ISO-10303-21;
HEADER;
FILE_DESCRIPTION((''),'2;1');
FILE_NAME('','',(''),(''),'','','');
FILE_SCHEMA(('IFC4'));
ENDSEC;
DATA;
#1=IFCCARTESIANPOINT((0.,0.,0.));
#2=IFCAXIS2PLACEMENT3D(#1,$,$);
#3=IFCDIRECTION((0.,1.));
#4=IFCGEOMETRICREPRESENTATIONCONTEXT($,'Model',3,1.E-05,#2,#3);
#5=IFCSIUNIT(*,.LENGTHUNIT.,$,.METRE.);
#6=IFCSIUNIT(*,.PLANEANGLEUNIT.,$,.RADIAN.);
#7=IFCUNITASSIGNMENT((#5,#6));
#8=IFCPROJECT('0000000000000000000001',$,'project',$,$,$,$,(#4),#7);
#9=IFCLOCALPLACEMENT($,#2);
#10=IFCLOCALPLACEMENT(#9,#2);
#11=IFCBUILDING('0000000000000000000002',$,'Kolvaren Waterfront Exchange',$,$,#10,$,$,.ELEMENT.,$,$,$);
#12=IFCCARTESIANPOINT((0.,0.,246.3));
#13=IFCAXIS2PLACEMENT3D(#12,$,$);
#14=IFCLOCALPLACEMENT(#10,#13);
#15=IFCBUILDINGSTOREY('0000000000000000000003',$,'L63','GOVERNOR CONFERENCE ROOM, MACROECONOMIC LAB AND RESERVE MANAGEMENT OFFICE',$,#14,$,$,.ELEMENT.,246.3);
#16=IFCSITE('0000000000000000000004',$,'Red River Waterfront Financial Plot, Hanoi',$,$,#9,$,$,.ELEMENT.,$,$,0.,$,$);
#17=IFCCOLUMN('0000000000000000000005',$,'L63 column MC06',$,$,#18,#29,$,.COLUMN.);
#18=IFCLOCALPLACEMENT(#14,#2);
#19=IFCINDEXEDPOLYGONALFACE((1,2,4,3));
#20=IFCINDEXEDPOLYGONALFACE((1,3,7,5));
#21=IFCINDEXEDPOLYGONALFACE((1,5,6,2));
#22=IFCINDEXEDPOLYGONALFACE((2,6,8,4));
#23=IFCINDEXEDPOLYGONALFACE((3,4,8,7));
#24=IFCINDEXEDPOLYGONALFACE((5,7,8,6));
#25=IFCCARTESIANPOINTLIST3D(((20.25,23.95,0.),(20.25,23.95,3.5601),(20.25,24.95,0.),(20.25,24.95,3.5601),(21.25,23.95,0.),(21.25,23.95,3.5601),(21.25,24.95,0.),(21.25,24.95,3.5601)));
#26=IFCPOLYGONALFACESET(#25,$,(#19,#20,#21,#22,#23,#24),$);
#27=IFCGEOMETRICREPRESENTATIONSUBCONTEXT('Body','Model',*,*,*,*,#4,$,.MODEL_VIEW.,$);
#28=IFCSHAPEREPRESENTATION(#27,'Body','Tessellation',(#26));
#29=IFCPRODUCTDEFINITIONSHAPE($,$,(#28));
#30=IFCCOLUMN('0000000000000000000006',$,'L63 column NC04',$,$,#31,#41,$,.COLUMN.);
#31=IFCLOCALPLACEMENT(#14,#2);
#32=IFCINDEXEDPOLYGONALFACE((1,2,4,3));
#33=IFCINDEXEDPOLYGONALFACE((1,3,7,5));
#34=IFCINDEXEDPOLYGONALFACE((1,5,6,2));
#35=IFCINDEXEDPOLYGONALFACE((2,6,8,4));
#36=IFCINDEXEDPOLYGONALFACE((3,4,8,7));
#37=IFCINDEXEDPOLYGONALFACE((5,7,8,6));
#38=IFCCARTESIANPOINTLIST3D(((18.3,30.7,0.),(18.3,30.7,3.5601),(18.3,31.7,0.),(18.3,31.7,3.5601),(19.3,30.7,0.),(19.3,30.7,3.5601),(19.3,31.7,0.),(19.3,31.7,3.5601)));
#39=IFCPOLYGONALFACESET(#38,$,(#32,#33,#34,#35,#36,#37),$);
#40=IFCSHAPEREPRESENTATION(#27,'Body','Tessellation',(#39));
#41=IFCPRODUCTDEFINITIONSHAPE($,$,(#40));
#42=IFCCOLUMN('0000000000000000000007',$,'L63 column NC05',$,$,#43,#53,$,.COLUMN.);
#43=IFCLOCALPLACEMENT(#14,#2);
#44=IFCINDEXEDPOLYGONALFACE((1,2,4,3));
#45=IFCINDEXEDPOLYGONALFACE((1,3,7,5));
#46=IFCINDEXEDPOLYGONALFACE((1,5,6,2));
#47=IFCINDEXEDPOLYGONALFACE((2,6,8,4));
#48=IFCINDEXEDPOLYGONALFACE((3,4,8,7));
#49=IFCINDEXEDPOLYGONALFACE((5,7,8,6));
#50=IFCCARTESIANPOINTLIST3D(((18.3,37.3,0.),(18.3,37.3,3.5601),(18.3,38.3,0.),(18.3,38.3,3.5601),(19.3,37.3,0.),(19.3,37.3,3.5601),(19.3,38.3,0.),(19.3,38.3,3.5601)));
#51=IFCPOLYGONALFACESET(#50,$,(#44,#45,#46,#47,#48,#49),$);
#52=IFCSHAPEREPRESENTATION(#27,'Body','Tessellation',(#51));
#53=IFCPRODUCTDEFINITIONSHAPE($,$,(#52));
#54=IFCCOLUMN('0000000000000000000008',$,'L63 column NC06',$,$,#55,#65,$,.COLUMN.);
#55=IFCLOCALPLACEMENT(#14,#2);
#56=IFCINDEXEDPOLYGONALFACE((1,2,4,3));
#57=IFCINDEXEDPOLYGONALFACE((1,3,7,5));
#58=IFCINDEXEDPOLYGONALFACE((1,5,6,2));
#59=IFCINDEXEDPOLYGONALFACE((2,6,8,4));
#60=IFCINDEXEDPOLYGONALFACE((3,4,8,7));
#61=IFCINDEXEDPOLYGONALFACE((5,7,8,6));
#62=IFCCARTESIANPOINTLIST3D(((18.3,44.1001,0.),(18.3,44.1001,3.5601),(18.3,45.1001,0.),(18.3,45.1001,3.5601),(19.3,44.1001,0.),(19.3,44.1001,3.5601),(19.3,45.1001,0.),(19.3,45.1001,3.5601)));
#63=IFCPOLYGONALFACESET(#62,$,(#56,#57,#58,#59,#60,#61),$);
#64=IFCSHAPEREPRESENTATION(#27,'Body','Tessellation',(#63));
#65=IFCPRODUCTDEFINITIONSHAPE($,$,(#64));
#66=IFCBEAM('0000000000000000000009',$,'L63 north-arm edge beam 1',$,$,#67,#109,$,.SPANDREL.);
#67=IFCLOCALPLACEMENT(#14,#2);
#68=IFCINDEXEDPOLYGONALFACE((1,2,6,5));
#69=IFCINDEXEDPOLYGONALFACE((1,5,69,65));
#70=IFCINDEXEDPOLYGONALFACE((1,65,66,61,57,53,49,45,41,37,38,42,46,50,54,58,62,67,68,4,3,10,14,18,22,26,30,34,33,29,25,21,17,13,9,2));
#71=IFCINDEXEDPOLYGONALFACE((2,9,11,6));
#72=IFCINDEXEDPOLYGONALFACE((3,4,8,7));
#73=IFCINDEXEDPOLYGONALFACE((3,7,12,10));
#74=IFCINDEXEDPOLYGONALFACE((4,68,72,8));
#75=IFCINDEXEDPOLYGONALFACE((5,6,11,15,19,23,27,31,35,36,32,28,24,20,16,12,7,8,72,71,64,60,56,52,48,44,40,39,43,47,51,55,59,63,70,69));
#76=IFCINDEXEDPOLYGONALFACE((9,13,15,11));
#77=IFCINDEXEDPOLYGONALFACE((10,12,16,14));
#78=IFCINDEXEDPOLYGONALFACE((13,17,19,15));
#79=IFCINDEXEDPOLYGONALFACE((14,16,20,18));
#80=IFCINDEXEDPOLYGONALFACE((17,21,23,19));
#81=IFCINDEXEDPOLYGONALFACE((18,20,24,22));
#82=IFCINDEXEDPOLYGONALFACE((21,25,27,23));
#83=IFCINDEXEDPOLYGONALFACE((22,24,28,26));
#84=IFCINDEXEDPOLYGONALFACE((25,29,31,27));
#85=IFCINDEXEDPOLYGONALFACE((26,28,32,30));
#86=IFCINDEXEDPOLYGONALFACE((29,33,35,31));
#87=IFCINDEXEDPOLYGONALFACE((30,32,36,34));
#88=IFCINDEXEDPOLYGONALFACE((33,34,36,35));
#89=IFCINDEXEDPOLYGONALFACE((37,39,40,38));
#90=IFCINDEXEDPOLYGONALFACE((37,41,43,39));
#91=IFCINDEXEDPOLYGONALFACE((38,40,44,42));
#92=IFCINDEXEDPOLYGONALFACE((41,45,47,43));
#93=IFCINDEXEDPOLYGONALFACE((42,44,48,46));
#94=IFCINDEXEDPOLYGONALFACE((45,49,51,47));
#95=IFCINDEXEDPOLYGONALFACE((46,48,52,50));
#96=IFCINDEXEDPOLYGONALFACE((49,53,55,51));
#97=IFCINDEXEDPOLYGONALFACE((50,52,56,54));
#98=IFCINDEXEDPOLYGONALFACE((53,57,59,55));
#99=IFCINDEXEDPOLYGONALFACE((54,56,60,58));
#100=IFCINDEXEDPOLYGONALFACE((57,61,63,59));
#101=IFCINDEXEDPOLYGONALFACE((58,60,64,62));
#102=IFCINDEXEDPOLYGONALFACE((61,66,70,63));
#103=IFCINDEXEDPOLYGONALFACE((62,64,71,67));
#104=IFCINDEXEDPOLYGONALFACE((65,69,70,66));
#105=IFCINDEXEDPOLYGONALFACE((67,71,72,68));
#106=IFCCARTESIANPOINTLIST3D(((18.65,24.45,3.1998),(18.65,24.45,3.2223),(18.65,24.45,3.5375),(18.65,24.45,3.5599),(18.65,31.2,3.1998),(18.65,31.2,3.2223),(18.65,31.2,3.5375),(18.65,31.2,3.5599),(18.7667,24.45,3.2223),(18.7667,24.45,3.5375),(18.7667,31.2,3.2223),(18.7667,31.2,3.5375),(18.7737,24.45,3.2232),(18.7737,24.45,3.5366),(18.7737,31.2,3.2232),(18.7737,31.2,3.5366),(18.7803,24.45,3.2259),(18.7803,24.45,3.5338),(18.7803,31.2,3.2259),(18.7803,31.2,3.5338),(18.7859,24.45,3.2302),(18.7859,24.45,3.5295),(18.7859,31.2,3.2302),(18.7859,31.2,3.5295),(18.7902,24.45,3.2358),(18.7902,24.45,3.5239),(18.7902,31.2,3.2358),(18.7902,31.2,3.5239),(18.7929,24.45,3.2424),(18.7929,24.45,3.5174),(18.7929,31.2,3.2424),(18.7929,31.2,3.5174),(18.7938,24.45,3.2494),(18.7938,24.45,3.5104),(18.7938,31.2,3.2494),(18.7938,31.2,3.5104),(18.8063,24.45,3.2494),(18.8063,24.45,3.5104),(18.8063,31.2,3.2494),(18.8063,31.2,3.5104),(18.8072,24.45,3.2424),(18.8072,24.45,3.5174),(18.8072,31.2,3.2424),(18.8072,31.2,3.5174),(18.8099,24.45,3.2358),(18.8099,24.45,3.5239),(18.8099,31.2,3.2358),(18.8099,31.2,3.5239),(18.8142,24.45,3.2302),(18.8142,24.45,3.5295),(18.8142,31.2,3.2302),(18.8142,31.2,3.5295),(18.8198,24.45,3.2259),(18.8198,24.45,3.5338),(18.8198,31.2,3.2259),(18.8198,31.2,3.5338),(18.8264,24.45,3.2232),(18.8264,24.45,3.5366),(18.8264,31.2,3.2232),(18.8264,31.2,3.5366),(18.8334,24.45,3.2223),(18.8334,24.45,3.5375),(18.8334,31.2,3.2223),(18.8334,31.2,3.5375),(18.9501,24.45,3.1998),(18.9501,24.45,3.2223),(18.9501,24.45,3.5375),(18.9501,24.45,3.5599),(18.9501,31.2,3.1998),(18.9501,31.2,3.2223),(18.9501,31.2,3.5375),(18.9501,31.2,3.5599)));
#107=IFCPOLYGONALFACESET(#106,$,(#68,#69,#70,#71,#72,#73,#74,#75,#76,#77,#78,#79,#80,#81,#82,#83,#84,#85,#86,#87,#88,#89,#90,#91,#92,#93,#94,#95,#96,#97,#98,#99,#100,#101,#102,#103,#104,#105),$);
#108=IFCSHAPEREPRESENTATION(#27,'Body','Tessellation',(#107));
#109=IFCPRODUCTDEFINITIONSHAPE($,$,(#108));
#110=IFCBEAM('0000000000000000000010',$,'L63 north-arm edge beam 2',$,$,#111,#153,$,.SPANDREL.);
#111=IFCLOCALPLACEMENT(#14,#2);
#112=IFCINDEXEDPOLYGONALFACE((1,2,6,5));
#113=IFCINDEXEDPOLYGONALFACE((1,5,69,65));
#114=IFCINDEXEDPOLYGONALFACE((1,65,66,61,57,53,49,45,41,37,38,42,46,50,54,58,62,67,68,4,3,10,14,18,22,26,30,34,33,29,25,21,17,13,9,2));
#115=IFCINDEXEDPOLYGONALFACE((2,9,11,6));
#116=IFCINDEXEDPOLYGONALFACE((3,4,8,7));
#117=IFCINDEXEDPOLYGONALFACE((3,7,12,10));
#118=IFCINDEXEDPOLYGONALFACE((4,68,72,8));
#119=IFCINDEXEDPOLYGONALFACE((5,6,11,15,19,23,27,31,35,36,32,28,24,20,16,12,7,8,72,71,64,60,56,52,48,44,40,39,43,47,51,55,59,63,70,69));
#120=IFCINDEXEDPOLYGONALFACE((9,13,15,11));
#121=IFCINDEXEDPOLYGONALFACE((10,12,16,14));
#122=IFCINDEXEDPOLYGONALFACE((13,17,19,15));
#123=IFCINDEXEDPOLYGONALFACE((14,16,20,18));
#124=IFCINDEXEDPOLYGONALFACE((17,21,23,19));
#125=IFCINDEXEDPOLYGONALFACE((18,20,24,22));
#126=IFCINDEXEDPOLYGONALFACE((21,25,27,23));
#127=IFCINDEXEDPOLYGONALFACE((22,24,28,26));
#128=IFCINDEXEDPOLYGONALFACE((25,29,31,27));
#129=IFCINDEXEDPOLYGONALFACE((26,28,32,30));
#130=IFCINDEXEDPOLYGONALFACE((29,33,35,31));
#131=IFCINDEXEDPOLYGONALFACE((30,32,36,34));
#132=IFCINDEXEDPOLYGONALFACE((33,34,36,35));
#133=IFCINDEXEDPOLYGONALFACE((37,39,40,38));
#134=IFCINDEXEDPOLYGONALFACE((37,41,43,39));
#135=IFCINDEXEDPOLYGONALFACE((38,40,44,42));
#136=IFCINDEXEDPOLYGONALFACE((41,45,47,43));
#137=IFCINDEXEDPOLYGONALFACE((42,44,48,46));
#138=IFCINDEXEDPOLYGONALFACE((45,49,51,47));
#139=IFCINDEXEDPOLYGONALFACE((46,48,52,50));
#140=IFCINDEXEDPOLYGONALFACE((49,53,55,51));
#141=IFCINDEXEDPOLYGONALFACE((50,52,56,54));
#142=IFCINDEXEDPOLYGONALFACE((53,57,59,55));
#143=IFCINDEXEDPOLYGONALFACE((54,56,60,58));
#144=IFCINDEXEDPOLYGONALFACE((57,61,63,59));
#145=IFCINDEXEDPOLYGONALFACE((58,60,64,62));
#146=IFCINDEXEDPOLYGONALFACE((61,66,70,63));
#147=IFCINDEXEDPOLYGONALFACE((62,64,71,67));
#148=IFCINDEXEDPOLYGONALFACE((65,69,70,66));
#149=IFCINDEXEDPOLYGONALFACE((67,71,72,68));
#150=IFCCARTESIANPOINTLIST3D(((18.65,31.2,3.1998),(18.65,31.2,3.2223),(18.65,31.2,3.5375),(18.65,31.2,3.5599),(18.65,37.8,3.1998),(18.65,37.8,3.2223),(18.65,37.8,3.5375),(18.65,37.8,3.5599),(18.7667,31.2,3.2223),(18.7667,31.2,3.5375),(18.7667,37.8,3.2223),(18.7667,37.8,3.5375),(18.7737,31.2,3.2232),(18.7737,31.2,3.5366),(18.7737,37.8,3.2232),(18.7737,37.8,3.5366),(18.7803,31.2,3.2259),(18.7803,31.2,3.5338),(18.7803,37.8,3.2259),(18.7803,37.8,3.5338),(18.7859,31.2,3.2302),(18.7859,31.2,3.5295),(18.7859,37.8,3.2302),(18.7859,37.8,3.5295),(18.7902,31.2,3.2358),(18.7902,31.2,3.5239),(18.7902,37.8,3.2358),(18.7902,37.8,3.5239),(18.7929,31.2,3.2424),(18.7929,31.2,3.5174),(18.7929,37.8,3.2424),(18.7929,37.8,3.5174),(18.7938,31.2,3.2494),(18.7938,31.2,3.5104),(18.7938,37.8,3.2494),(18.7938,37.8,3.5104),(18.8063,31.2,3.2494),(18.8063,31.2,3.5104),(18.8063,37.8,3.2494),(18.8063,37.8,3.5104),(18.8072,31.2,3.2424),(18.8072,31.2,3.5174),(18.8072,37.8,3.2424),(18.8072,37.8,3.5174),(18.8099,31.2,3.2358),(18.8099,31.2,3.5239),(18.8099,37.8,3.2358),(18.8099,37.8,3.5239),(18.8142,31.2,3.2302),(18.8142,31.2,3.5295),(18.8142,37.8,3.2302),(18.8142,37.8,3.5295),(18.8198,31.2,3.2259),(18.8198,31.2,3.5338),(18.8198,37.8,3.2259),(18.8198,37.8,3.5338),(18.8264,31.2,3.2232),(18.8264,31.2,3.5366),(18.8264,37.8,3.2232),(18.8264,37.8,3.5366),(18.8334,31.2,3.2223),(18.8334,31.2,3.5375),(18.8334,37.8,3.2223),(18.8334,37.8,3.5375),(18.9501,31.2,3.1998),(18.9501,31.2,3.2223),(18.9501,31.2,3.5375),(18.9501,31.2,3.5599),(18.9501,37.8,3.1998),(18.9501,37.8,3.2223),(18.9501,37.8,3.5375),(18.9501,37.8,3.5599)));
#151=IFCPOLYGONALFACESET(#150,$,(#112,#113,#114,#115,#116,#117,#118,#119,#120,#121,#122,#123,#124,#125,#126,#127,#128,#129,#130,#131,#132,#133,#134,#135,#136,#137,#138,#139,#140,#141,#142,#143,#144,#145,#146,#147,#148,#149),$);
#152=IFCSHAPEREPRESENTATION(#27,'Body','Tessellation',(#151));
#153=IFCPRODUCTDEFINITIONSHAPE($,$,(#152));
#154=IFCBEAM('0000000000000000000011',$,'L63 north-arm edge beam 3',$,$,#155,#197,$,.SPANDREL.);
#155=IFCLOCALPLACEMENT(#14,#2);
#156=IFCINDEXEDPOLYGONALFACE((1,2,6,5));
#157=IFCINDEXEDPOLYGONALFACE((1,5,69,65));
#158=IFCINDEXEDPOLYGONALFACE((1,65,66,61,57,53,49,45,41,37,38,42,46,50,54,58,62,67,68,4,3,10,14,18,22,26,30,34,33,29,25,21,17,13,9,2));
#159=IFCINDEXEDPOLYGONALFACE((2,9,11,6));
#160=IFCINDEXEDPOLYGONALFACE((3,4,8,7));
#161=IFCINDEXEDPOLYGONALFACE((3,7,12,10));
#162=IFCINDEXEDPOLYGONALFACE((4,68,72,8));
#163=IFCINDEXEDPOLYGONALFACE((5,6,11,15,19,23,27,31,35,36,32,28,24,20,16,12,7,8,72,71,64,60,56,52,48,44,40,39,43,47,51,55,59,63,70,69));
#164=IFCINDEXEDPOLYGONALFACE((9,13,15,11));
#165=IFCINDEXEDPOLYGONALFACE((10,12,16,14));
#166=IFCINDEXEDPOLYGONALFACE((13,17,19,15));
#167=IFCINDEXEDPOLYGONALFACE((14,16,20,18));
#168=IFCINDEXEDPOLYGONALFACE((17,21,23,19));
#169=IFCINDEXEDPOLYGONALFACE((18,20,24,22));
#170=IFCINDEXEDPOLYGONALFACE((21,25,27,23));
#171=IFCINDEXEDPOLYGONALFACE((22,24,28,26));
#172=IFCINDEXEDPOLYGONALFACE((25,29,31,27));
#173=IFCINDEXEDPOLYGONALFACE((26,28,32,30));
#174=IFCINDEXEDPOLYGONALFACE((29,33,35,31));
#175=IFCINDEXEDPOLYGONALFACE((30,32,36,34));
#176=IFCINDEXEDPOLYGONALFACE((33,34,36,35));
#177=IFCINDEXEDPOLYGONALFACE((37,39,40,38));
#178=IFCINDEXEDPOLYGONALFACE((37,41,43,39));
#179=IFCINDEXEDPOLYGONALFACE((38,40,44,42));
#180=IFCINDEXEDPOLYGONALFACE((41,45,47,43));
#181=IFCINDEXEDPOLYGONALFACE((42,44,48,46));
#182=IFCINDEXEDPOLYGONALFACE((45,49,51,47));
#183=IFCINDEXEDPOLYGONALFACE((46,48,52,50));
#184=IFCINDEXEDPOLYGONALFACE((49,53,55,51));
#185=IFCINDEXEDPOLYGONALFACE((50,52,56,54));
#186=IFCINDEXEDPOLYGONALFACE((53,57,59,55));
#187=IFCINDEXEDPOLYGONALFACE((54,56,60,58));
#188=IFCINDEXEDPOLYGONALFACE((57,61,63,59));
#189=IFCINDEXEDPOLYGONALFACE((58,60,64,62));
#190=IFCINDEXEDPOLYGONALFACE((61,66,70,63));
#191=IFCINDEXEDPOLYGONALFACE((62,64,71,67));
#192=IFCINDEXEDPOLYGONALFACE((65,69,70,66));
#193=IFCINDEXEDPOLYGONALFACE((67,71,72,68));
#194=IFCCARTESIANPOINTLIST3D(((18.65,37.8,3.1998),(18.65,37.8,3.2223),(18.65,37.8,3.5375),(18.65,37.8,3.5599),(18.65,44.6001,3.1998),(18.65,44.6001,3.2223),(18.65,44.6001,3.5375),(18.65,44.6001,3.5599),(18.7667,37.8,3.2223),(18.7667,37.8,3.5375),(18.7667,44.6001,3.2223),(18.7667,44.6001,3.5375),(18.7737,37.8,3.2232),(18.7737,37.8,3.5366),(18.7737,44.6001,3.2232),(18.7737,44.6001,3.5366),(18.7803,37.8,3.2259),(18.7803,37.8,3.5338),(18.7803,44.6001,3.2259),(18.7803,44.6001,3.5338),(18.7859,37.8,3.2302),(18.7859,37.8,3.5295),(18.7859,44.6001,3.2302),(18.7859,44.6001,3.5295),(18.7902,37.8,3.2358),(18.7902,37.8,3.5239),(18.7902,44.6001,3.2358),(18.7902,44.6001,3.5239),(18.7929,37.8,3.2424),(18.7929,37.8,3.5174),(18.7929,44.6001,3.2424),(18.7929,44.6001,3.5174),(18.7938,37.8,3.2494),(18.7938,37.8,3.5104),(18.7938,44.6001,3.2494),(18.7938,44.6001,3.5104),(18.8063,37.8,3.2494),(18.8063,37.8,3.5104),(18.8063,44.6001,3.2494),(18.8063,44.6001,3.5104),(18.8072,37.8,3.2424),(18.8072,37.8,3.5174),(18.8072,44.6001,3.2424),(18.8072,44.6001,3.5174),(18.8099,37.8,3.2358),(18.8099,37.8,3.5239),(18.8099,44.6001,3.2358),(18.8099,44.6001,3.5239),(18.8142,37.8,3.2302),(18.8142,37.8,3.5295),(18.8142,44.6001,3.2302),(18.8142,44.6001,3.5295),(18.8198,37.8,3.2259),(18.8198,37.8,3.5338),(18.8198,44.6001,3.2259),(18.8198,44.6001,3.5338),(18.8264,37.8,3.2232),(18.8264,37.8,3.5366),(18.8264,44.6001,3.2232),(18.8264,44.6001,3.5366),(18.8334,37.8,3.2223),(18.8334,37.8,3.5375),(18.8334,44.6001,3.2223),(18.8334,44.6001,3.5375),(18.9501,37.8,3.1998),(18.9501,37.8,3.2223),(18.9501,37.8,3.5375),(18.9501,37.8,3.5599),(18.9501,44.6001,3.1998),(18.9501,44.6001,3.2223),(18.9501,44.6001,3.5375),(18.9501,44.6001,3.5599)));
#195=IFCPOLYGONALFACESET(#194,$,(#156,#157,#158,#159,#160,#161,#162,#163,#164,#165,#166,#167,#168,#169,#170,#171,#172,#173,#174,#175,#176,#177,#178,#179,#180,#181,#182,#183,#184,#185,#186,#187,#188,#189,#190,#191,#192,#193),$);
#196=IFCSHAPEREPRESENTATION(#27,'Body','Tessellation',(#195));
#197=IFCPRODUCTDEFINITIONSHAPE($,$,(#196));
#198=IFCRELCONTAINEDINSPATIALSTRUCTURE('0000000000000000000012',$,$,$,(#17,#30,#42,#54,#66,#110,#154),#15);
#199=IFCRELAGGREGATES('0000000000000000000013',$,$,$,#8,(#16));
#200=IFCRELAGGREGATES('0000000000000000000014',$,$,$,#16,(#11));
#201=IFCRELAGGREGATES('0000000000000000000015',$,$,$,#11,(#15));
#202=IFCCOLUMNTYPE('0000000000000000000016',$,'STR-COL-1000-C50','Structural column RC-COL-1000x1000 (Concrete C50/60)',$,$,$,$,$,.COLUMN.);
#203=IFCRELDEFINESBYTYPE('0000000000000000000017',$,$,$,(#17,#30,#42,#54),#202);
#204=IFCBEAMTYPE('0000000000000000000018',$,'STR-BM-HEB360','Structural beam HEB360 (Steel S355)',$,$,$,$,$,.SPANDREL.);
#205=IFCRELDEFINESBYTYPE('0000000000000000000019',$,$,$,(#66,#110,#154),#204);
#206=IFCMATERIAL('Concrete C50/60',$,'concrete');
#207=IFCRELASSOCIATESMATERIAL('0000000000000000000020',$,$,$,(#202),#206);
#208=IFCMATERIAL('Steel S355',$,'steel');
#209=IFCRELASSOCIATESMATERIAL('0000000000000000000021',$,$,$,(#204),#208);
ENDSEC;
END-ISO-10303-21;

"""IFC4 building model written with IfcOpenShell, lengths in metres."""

from ifc_helpers import new_model, si_unit, direction, frame, origin, origin_2d, place, context, subcontext, project, spatial, rectangle, i_section, extrude, material, material_profile, profile_set, type_object, element, save


model = new_model("IFC4")

# Units and contexts
model_context = context("Model", 3, precision=1e-05, world=origin(), true_north=direction((0.0, 1.0)))
body_context = subcontext(model_context, "Body", "Model", "MODEL_VIEW")
ifc_project = project(units=[si_unit("LENGTHUNIT", "METRE"), si_unit("PLANEANGLEUNIT", "RADIAN")], contexts=[model_context])

# Site, building, storey
site_placement = place(None, origin())
site = spatial("IfcSite", under=ifc_project, at=site_placement, Name="Red River Waterfront Financial Plot, Hanoi", CompositionType="ELEMENT", RefElevation=0.0)
building_placement = place(site_placement, origin())
building = spatial("IfcBuilding", under=site, at=building_placement, Name="Kolvaren Waterfront Exchange", CompositionType="ELEMENT")
storey_placement = place(building_placement, frame((0.0, 0.0, 246.3)))
storey = spatial("IfcBuildingStorey", under=building, at=storey_placement, Name="L63", Description="GOVERNOR CONFERENCE ROOM, MACROECONOMIC LAB AND RESERVE MANAGEMENT OFFICE", CompositionType="ELEMENT", Elevation=246.3)

# Columns
ifc_material_1 = material(Name="Concrete C50/60", Category="concrete")
ifc_material_profile_1 = material_profile(ifc_material_1, rectangle(XDim=1.0, YDim=1.0, at=origin_2d()), Name="RC-COL-1000x1000")
ifc_profile_set_1 = profile_set([ifc_material_profile_1], Name="Concrete C50/60")
column_type = type_object("IfcColumnType", Name="STR-COL-1000-C50", Description="Structural column RC-COL-1000x1000 (Concrete C50/60)", PredefinedType="COLUMN", material=ifc_profile_set_1)
for number, where, z_axis, x_axis, name in (
    (1, (20.75, 24.45, 0.0), (0.0, 0.0, 1.0), (1.0, 0.0, 0.0), "L63 column MC06"),
    (2, (18.8, 31.2, 0.0), (0.0, 0.0, 1.0), (1.0, 0.0, 0.0), "L63 column NC04"),
    (3, (18.8, 37.8, 0.0), (0.0, 0.0, 1.0), (1.0, 0.0, 0.0), "L63 column NC05"),
    (4, (18.8, 44.6001, 0.0), (0.0, 0.0, 1.0), (1.0, 0.0, 0.0), "L63 column NC06"),
):
    element("IfcColumn", number, at=place(storey_placement, frame(where, z_axis=z_axis, x_axis=x_axis)), inside=storey, type_object=column_type, Name=name, PredefinedType="COLUMN", context=body_context, shape_type="SweptSolid", body=[
        extrude(rectangle(XDim=1.0, YDim=1.0, at=origin_2d()), origin(), (0.0, 0.0, 1.0), 3.5601),
    ])

# Beams
ifc_material_2 = material(Name="Steel S355", Category="steel")
ifc_material_profile_2 = material_profile(ifc_material_2, i_section(OverallWidth=0.3, OverallDepth=0.3601, WebThickness=0.0125, FlangeThickness=0.0225, FilletRadius=0.0271, at=origin_2d()), Name="HEB360")
ifc_profile_set_2 = profile_set([ifc_material_profile_2], Name="Steel S355")
beam_type = type_object("IfcBeamType", Name="STR-BM-HEB360", Description="Structural beam HEB360 (Steel S355)", PredefinedType="SPANDREL", material=ifc_profile_set_2)
beam_1_placement = place(storey_placement, frame((18.8, 24.45, 3.3799), z_axis=(0.0, 1.0, 0.0), x_axis=(-1.0, 0.0, 0.0)))
element("IfcBeam", 5, at=beam_1_placement, inside=storey, type_object=beam_type, Name="L63 north-arm edge beam 1", PredefinedType="SPANDREL", context=body_context, shape_type="SweptSolid", body=[
    extrude(i_section(OverallWidth=0.3, OverallDepth=0.3601, WebThickness=0.0125, FlangeThickness=0.0225, FilletRadius=0.0271, at=origin_2d()), origin(), (0.0, 0.0, 1.0), 6.75),
])
beam_2_placement = place(storey_placement, frame((18.8, 31.2, 3.3799), z_axis=(0.0, 1.0, 0.0), x_axis=(-1.0, 0.0, 0.0)))
element("IfcBeam", 6, at=beam_2_placement, inside=storey, type_object=beam_type, Name="L63 north-arm edge beam 2", PredefinedType="SPANDREL", context=body_context, shape_type="SweptSolid", body=[
    extrude(i_section(OverallWidth=0.3, OverallDepth=0.3601, WebThickness=0.0125, FlangeThickness=0.0225, FilletRadius=0.0271, at=origin_2d()), origin(), (0.0, 0.0, 1.0), 6.6001),
])
beam_3_placement = place(storey_placement, frame((18.8, 37.8, 3.3799), z_axis=(0.0, 1.0, 0.0), x_axis=(-1.0, 0.0, 0.0)))
element("IfcBeam", 7, at=beam_3_placement, inside=storey, type_object=beam_type, Name="L63 north-arm edge beam 3", PredefinedType="SPANDREL", context=body_context, shape_type="SweptSolid", body=[
    extrude(i_section(OverallWidth=0.3, OverallDepth=0.3601, WebThickness=0.0125, FlangeThickness=0.0225, FilletRadius=0.0271, at=origin_2d()), origin(), (0.0, 0.0, 1.0), 6.8),
])

save(model, "model.ifc")
